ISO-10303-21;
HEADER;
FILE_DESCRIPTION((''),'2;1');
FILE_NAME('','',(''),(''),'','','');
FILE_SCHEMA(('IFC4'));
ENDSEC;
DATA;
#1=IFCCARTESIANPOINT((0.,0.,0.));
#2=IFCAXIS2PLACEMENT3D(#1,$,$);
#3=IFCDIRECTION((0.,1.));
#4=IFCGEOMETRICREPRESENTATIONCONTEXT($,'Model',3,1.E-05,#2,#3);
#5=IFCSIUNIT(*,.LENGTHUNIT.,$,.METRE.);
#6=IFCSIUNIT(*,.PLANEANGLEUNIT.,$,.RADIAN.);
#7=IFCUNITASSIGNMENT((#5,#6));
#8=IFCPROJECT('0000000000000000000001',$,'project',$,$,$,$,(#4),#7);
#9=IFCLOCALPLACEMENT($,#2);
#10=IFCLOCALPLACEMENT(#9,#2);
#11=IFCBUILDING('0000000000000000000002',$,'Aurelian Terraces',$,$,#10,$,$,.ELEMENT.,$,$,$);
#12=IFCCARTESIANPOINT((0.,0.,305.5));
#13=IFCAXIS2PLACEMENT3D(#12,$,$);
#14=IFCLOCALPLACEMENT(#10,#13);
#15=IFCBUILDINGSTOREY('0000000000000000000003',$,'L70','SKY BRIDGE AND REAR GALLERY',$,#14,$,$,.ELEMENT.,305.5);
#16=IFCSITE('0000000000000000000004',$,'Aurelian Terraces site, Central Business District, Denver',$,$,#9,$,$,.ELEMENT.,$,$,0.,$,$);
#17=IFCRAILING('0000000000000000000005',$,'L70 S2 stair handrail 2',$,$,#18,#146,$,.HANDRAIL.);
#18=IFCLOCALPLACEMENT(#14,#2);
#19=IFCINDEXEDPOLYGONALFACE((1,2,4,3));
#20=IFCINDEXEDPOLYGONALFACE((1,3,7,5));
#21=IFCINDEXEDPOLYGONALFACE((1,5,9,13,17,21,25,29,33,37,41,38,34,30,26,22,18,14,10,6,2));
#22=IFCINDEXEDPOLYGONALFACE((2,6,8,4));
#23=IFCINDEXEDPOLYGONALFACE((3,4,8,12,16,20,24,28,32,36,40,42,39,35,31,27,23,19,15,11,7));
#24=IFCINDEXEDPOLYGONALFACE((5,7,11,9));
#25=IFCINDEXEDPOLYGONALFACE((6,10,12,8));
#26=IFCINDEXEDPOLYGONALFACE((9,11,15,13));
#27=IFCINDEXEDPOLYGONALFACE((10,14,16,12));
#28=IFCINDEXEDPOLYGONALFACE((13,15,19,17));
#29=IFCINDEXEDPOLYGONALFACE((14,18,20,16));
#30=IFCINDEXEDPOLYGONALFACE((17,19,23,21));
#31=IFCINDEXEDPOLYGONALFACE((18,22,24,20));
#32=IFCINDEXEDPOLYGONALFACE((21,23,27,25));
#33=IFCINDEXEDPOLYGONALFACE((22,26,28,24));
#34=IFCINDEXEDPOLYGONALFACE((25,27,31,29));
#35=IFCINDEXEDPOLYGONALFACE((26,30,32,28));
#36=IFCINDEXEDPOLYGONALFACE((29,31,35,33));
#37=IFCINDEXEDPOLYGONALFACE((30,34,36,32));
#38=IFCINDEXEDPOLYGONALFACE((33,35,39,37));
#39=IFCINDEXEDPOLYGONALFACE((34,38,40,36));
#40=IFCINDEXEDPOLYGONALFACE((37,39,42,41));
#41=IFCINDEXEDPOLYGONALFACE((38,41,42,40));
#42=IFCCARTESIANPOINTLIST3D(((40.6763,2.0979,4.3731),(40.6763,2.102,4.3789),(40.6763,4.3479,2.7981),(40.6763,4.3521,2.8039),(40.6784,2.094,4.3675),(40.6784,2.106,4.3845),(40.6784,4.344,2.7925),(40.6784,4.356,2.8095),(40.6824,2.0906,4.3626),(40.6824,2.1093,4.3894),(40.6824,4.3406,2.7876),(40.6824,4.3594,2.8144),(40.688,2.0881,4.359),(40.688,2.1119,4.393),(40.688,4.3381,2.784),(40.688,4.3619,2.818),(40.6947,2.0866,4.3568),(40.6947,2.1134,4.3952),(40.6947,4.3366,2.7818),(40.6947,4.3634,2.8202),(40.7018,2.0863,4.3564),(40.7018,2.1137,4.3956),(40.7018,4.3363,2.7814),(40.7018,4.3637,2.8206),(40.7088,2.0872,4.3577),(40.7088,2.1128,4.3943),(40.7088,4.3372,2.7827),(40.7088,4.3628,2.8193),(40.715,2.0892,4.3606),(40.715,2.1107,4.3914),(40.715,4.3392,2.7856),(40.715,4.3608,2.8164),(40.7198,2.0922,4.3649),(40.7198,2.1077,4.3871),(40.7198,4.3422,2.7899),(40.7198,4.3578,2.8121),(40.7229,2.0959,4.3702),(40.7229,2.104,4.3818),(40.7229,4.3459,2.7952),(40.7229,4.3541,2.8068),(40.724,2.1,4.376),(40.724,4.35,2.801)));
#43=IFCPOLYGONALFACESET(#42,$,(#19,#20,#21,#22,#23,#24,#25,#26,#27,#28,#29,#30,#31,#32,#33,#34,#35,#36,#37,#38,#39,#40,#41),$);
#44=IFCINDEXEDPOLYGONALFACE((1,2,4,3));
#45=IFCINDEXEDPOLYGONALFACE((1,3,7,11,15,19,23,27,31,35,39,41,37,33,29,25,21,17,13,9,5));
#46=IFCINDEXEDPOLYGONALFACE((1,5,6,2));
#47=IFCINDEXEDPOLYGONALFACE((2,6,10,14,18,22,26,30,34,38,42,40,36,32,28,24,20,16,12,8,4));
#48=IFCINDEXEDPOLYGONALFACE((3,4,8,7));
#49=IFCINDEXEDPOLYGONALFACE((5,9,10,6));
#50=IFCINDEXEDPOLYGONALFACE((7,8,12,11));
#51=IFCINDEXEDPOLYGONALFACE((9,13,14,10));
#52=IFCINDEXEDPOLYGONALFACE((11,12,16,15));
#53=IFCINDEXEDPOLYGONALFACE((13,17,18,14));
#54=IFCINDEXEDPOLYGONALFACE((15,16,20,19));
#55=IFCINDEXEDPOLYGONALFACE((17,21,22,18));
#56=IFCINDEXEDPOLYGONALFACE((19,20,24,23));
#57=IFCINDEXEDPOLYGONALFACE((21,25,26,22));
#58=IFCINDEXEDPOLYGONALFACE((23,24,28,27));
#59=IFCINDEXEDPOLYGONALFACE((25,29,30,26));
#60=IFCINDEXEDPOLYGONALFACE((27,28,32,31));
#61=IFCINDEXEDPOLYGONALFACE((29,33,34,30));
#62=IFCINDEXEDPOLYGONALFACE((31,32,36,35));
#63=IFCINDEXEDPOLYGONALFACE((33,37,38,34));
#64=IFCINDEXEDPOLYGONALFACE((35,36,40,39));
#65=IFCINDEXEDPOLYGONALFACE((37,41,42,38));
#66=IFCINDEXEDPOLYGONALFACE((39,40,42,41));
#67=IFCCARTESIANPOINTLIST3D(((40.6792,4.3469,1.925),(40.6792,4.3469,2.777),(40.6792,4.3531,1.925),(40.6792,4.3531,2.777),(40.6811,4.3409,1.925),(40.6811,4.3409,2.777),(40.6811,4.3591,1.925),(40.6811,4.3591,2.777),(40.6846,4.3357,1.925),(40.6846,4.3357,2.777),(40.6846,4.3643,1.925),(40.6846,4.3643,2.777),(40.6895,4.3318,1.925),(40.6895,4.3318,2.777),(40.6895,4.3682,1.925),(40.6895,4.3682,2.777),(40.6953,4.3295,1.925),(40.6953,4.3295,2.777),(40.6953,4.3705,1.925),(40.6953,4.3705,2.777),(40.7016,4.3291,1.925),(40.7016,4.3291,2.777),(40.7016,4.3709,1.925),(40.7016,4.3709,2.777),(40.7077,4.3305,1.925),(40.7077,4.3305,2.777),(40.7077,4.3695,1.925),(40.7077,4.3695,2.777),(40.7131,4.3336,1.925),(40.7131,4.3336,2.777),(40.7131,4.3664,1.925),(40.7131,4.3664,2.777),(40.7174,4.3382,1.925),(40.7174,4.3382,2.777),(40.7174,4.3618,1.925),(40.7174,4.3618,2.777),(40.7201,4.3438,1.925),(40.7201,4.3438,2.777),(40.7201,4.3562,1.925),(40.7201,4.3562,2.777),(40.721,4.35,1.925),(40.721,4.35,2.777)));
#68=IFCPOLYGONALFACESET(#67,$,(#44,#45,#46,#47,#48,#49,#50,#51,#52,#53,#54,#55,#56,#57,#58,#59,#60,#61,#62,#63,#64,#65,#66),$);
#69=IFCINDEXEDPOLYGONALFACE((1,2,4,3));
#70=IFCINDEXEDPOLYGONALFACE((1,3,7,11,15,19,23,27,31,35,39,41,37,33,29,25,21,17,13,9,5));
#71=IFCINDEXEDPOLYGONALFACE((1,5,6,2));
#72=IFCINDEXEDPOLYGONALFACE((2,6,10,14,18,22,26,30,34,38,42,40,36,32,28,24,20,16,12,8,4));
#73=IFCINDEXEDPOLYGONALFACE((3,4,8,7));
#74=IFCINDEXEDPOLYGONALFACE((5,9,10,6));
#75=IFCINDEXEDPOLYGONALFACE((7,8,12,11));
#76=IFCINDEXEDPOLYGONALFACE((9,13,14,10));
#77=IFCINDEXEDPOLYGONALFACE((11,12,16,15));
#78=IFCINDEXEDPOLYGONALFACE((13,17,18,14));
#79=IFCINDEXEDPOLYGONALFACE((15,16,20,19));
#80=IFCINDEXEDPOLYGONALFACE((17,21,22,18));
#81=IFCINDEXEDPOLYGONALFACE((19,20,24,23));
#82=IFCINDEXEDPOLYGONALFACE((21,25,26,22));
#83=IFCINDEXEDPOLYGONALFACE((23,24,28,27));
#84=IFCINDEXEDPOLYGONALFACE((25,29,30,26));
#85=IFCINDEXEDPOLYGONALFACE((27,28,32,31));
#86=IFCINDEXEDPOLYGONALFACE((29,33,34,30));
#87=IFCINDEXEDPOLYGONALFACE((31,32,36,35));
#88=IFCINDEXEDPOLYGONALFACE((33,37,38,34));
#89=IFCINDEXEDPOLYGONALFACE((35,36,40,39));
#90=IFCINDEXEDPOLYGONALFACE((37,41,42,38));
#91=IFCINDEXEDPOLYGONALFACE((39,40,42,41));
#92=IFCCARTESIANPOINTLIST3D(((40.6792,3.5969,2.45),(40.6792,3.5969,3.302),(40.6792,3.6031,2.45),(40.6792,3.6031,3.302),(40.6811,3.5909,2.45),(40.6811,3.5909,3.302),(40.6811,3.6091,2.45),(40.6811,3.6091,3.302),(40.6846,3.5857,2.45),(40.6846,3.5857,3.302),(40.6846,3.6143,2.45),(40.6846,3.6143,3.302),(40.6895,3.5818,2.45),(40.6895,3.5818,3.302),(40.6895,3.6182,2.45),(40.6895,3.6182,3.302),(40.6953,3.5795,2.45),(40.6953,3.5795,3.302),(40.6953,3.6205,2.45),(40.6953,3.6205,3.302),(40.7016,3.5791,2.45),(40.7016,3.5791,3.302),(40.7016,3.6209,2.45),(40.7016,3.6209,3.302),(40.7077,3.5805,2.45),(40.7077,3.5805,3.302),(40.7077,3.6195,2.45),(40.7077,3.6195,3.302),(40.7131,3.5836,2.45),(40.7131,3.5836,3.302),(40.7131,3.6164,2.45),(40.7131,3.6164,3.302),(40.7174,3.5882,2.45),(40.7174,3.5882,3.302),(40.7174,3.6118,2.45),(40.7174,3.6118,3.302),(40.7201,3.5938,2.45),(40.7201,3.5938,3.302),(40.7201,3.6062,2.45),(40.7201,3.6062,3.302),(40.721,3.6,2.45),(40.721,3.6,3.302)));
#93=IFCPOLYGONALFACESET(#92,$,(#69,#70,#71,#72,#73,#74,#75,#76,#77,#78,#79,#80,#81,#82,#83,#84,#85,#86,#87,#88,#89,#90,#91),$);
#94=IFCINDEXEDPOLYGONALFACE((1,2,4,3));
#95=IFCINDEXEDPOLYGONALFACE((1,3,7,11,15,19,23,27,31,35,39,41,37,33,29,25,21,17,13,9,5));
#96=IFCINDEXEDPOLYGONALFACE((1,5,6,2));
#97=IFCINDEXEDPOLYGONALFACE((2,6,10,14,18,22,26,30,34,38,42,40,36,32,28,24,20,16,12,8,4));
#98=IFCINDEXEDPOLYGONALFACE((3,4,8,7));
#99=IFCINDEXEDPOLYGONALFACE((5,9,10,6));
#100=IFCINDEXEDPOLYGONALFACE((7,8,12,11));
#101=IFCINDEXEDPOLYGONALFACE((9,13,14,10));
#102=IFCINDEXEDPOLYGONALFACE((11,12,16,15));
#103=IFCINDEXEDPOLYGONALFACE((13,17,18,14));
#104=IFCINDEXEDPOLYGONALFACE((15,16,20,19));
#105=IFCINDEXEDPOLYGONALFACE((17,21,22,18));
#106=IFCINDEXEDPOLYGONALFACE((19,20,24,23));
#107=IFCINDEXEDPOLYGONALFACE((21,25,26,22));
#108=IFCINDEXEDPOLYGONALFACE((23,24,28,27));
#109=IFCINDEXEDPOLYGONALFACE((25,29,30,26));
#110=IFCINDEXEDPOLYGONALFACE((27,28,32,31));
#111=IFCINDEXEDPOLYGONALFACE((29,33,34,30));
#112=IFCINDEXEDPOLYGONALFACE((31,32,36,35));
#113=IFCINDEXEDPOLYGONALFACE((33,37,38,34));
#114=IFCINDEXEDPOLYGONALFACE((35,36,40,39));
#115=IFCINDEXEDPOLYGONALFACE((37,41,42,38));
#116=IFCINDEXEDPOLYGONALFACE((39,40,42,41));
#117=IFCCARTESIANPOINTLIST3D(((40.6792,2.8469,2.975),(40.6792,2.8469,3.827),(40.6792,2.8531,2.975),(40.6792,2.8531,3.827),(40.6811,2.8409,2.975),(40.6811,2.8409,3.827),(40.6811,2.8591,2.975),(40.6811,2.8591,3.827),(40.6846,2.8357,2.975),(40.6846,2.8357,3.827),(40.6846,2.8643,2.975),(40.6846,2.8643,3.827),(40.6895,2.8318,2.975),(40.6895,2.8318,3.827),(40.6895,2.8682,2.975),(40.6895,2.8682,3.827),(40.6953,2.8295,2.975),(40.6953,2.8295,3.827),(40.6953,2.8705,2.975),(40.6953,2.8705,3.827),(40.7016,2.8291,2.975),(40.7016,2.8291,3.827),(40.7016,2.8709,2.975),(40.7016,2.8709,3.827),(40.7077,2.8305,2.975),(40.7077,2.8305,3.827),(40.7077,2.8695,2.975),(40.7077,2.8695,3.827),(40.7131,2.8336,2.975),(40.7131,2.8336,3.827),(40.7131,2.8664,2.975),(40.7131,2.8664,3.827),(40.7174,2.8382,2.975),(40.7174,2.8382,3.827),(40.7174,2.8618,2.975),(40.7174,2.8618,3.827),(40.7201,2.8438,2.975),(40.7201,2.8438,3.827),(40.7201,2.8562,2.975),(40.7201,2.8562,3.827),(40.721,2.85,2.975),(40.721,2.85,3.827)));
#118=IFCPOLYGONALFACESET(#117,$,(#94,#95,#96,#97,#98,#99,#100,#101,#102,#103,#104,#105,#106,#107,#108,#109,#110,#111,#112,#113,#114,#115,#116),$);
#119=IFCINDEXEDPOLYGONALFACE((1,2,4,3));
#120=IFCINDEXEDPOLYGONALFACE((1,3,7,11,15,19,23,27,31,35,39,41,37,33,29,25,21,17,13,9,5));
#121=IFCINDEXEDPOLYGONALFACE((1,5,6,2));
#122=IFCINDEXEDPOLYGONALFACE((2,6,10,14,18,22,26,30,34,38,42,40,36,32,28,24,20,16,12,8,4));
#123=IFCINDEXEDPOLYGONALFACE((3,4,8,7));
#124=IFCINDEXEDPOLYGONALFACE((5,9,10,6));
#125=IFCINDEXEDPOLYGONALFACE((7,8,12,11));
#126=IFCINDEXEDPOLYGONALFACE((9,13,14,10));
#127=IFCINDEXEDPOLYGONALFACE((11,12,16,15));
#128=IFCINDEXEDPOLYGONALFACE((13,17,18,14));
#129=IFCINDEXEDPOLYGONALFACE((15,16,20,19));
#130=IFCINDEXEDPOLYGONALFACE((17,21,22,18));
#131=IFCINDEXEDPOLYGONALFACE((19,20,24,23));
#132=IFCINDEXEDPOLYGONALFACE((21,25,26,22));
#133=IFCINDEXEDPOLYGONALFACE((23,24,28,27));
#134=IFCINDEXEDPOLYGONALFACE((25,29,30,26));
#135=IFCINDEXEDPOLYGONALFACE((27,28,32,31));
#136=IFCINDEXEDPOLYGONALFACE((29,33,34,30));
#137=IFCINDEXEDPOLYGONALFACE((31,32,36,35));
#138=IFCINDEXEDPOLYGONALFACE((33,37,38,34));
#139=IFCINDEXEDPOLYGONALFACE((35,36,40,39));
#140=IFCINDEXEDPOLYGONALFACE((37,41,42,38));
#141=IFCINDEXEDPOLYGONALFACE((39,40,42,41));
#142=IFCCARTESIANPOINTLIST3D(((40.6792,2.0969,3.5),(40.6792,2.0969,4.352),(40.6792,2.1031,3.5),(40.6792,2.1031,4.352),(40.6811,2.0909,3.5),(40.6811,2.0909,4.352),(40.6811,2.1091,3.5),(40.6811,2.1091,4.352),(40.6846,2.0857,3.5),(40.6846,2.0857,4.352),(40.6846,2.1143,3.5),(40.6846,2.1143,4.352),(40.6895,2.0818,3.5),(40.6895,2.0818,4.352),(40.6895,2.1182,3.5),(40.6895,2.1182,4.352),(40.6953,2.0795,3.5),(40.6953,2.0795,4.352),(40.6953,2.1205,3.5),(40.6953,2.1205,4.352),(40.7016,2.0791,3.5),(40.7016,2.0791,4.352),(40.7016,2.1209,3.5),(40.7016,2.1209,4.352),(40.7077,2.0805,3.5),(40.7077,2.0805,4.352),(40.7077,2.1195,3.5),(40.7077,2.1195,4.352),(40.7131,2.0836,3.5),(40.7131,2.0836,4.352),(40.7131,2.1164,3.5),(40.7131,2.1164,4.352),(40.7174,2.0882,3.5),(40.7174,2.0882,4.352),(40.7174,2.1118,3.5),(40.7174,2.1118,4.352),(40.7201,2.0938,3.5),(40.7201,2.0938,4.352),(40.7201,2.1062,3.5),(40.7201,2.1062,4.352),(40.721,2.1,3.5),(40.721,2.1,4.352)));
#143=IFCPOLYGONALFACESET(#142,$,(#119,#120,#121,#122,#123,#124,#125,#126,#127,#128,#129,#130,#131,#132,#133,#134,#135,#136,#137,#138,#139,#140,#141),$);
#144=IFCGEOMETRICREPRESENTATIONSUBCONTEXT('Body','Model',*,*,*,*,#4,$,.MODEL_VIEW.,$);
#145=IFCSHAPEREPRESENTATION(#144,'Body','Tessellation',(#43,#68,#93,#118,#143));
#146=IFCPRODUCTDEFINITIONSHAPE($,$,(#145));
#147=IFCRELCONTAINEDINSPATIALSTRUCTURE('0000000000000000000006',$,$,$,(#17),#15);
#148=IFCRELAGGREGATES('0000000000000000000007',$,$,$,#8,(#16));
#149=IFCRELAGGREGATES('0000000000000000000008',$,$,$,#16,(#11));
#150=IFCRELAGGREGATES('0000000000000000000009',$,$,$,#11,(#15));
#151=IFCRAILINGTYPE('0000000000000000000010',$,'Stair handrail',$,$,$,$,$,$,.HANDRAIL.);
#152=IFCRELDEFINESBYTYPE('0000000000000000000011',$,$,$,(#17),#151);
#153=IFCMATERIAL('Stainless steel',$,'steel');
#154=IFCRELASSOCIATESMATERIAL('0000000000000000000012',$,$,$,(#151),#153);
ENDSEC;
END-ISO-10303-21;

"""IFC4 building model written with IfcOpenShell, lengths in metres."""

from ifc_helpers import new_model, si_unit, direction, frame, origin, origin_2d, place, context, subcontext, project, spatial, circle, extrude, source, transform, mapped, material, type_object, element, save


model = new_model("IFC4")

# Units and contexts
model_context = context("Model", 3, precision=1e-05, world=origin(), true_north=direction((0.0, 1.0)))
body_context = subcontext(model_context, "Body", "Model", "MODEL_VIEW")
ifc_project = project(units=[si_unit("LENGTHUNIT", "METRE"), si_unit("PLANEANGLEUNIT", "RADIAN")], contexts=[model_context])

# Site, building, storey
site_placement = place(None, origin())
site = spatial("IfcSite", under=ifc_project, at=site_placement, Name="Aurelian Terraces site, Central Business District, Denver", CompositionType="ELEMENT", RefElevation=0.0)
building_placement = place(site_placement, origin())
building = spatial("IfcBuilding", under=site, at=building_placement, Name="Aurelian Terraces", CompositionType="ELEMENT")
storey_placement = place(building_placement, frame((0.0, 0.0, 305.5)))
storey = spatial("IfcBuildingStorey", under=building, at=storey_placement, Name="L70", Description="SKY BRIDGE AND REAR GALLERY", CompositionType="ELEMENT", Elevation=305.5)

# Railing
ifc_material_1 = material(Name="Stainless steel", Category="steel")
railing_type_1 = type_object("IfcRailingType", Name="Stair handrail", PredefinedType="HANDRAIL", material=ifc_material_1)
shared_shape_1 = source(origin(), body_context, "Body", "SweptSolid", [
    extrude(circle(Radius=0.024, at=origin_2d()), frame((0.0, 0.0, 0.876), z_axis=(0.0, -0.819232, 0.573462), x_axis=(1.0, 0.0, 0.0)), (0.0, 0.0, 1.0), 2.7465),
    extrude(circle(Radius=0.021, at=origin_2d()), origin(), (0.0, 0.0, 1.0), 0.852),
    extrude(circle(Radius=0.021, at=origin_2d()), frame((0.0, -0.75, 0.525)), (0.0, 0.0, 1.0), 0.852),
    extrude(circle(Radius=0.021, at=origin_2d()), frame((0.0, -1.5, 1.05)), (0.0, 0.0, 1.0), 0.852),
    extrude(circle(Radius=0.021, at=origin_2d()), frame((0.0, -2.25, 1.575)), (0.0, 0.0, 1.0), 0.852),
])
railing_1_placement = place(storey_placement, frame((40.7, 4.35, 1.925)))
element("IfcRailing", 1, at=railing_1_placement, inside=storey, type_object=railing_type_1, Name="L70 S2 stair handrail 2", PredefinedType="HANDRAIL", context=body_context, shape_type="MappedRepresentation", body=[
    mapped(shared_shape_1, transform((0.0, 0.0, 0.0), scale=1.0)),
])

save(model, "model.ifc")
